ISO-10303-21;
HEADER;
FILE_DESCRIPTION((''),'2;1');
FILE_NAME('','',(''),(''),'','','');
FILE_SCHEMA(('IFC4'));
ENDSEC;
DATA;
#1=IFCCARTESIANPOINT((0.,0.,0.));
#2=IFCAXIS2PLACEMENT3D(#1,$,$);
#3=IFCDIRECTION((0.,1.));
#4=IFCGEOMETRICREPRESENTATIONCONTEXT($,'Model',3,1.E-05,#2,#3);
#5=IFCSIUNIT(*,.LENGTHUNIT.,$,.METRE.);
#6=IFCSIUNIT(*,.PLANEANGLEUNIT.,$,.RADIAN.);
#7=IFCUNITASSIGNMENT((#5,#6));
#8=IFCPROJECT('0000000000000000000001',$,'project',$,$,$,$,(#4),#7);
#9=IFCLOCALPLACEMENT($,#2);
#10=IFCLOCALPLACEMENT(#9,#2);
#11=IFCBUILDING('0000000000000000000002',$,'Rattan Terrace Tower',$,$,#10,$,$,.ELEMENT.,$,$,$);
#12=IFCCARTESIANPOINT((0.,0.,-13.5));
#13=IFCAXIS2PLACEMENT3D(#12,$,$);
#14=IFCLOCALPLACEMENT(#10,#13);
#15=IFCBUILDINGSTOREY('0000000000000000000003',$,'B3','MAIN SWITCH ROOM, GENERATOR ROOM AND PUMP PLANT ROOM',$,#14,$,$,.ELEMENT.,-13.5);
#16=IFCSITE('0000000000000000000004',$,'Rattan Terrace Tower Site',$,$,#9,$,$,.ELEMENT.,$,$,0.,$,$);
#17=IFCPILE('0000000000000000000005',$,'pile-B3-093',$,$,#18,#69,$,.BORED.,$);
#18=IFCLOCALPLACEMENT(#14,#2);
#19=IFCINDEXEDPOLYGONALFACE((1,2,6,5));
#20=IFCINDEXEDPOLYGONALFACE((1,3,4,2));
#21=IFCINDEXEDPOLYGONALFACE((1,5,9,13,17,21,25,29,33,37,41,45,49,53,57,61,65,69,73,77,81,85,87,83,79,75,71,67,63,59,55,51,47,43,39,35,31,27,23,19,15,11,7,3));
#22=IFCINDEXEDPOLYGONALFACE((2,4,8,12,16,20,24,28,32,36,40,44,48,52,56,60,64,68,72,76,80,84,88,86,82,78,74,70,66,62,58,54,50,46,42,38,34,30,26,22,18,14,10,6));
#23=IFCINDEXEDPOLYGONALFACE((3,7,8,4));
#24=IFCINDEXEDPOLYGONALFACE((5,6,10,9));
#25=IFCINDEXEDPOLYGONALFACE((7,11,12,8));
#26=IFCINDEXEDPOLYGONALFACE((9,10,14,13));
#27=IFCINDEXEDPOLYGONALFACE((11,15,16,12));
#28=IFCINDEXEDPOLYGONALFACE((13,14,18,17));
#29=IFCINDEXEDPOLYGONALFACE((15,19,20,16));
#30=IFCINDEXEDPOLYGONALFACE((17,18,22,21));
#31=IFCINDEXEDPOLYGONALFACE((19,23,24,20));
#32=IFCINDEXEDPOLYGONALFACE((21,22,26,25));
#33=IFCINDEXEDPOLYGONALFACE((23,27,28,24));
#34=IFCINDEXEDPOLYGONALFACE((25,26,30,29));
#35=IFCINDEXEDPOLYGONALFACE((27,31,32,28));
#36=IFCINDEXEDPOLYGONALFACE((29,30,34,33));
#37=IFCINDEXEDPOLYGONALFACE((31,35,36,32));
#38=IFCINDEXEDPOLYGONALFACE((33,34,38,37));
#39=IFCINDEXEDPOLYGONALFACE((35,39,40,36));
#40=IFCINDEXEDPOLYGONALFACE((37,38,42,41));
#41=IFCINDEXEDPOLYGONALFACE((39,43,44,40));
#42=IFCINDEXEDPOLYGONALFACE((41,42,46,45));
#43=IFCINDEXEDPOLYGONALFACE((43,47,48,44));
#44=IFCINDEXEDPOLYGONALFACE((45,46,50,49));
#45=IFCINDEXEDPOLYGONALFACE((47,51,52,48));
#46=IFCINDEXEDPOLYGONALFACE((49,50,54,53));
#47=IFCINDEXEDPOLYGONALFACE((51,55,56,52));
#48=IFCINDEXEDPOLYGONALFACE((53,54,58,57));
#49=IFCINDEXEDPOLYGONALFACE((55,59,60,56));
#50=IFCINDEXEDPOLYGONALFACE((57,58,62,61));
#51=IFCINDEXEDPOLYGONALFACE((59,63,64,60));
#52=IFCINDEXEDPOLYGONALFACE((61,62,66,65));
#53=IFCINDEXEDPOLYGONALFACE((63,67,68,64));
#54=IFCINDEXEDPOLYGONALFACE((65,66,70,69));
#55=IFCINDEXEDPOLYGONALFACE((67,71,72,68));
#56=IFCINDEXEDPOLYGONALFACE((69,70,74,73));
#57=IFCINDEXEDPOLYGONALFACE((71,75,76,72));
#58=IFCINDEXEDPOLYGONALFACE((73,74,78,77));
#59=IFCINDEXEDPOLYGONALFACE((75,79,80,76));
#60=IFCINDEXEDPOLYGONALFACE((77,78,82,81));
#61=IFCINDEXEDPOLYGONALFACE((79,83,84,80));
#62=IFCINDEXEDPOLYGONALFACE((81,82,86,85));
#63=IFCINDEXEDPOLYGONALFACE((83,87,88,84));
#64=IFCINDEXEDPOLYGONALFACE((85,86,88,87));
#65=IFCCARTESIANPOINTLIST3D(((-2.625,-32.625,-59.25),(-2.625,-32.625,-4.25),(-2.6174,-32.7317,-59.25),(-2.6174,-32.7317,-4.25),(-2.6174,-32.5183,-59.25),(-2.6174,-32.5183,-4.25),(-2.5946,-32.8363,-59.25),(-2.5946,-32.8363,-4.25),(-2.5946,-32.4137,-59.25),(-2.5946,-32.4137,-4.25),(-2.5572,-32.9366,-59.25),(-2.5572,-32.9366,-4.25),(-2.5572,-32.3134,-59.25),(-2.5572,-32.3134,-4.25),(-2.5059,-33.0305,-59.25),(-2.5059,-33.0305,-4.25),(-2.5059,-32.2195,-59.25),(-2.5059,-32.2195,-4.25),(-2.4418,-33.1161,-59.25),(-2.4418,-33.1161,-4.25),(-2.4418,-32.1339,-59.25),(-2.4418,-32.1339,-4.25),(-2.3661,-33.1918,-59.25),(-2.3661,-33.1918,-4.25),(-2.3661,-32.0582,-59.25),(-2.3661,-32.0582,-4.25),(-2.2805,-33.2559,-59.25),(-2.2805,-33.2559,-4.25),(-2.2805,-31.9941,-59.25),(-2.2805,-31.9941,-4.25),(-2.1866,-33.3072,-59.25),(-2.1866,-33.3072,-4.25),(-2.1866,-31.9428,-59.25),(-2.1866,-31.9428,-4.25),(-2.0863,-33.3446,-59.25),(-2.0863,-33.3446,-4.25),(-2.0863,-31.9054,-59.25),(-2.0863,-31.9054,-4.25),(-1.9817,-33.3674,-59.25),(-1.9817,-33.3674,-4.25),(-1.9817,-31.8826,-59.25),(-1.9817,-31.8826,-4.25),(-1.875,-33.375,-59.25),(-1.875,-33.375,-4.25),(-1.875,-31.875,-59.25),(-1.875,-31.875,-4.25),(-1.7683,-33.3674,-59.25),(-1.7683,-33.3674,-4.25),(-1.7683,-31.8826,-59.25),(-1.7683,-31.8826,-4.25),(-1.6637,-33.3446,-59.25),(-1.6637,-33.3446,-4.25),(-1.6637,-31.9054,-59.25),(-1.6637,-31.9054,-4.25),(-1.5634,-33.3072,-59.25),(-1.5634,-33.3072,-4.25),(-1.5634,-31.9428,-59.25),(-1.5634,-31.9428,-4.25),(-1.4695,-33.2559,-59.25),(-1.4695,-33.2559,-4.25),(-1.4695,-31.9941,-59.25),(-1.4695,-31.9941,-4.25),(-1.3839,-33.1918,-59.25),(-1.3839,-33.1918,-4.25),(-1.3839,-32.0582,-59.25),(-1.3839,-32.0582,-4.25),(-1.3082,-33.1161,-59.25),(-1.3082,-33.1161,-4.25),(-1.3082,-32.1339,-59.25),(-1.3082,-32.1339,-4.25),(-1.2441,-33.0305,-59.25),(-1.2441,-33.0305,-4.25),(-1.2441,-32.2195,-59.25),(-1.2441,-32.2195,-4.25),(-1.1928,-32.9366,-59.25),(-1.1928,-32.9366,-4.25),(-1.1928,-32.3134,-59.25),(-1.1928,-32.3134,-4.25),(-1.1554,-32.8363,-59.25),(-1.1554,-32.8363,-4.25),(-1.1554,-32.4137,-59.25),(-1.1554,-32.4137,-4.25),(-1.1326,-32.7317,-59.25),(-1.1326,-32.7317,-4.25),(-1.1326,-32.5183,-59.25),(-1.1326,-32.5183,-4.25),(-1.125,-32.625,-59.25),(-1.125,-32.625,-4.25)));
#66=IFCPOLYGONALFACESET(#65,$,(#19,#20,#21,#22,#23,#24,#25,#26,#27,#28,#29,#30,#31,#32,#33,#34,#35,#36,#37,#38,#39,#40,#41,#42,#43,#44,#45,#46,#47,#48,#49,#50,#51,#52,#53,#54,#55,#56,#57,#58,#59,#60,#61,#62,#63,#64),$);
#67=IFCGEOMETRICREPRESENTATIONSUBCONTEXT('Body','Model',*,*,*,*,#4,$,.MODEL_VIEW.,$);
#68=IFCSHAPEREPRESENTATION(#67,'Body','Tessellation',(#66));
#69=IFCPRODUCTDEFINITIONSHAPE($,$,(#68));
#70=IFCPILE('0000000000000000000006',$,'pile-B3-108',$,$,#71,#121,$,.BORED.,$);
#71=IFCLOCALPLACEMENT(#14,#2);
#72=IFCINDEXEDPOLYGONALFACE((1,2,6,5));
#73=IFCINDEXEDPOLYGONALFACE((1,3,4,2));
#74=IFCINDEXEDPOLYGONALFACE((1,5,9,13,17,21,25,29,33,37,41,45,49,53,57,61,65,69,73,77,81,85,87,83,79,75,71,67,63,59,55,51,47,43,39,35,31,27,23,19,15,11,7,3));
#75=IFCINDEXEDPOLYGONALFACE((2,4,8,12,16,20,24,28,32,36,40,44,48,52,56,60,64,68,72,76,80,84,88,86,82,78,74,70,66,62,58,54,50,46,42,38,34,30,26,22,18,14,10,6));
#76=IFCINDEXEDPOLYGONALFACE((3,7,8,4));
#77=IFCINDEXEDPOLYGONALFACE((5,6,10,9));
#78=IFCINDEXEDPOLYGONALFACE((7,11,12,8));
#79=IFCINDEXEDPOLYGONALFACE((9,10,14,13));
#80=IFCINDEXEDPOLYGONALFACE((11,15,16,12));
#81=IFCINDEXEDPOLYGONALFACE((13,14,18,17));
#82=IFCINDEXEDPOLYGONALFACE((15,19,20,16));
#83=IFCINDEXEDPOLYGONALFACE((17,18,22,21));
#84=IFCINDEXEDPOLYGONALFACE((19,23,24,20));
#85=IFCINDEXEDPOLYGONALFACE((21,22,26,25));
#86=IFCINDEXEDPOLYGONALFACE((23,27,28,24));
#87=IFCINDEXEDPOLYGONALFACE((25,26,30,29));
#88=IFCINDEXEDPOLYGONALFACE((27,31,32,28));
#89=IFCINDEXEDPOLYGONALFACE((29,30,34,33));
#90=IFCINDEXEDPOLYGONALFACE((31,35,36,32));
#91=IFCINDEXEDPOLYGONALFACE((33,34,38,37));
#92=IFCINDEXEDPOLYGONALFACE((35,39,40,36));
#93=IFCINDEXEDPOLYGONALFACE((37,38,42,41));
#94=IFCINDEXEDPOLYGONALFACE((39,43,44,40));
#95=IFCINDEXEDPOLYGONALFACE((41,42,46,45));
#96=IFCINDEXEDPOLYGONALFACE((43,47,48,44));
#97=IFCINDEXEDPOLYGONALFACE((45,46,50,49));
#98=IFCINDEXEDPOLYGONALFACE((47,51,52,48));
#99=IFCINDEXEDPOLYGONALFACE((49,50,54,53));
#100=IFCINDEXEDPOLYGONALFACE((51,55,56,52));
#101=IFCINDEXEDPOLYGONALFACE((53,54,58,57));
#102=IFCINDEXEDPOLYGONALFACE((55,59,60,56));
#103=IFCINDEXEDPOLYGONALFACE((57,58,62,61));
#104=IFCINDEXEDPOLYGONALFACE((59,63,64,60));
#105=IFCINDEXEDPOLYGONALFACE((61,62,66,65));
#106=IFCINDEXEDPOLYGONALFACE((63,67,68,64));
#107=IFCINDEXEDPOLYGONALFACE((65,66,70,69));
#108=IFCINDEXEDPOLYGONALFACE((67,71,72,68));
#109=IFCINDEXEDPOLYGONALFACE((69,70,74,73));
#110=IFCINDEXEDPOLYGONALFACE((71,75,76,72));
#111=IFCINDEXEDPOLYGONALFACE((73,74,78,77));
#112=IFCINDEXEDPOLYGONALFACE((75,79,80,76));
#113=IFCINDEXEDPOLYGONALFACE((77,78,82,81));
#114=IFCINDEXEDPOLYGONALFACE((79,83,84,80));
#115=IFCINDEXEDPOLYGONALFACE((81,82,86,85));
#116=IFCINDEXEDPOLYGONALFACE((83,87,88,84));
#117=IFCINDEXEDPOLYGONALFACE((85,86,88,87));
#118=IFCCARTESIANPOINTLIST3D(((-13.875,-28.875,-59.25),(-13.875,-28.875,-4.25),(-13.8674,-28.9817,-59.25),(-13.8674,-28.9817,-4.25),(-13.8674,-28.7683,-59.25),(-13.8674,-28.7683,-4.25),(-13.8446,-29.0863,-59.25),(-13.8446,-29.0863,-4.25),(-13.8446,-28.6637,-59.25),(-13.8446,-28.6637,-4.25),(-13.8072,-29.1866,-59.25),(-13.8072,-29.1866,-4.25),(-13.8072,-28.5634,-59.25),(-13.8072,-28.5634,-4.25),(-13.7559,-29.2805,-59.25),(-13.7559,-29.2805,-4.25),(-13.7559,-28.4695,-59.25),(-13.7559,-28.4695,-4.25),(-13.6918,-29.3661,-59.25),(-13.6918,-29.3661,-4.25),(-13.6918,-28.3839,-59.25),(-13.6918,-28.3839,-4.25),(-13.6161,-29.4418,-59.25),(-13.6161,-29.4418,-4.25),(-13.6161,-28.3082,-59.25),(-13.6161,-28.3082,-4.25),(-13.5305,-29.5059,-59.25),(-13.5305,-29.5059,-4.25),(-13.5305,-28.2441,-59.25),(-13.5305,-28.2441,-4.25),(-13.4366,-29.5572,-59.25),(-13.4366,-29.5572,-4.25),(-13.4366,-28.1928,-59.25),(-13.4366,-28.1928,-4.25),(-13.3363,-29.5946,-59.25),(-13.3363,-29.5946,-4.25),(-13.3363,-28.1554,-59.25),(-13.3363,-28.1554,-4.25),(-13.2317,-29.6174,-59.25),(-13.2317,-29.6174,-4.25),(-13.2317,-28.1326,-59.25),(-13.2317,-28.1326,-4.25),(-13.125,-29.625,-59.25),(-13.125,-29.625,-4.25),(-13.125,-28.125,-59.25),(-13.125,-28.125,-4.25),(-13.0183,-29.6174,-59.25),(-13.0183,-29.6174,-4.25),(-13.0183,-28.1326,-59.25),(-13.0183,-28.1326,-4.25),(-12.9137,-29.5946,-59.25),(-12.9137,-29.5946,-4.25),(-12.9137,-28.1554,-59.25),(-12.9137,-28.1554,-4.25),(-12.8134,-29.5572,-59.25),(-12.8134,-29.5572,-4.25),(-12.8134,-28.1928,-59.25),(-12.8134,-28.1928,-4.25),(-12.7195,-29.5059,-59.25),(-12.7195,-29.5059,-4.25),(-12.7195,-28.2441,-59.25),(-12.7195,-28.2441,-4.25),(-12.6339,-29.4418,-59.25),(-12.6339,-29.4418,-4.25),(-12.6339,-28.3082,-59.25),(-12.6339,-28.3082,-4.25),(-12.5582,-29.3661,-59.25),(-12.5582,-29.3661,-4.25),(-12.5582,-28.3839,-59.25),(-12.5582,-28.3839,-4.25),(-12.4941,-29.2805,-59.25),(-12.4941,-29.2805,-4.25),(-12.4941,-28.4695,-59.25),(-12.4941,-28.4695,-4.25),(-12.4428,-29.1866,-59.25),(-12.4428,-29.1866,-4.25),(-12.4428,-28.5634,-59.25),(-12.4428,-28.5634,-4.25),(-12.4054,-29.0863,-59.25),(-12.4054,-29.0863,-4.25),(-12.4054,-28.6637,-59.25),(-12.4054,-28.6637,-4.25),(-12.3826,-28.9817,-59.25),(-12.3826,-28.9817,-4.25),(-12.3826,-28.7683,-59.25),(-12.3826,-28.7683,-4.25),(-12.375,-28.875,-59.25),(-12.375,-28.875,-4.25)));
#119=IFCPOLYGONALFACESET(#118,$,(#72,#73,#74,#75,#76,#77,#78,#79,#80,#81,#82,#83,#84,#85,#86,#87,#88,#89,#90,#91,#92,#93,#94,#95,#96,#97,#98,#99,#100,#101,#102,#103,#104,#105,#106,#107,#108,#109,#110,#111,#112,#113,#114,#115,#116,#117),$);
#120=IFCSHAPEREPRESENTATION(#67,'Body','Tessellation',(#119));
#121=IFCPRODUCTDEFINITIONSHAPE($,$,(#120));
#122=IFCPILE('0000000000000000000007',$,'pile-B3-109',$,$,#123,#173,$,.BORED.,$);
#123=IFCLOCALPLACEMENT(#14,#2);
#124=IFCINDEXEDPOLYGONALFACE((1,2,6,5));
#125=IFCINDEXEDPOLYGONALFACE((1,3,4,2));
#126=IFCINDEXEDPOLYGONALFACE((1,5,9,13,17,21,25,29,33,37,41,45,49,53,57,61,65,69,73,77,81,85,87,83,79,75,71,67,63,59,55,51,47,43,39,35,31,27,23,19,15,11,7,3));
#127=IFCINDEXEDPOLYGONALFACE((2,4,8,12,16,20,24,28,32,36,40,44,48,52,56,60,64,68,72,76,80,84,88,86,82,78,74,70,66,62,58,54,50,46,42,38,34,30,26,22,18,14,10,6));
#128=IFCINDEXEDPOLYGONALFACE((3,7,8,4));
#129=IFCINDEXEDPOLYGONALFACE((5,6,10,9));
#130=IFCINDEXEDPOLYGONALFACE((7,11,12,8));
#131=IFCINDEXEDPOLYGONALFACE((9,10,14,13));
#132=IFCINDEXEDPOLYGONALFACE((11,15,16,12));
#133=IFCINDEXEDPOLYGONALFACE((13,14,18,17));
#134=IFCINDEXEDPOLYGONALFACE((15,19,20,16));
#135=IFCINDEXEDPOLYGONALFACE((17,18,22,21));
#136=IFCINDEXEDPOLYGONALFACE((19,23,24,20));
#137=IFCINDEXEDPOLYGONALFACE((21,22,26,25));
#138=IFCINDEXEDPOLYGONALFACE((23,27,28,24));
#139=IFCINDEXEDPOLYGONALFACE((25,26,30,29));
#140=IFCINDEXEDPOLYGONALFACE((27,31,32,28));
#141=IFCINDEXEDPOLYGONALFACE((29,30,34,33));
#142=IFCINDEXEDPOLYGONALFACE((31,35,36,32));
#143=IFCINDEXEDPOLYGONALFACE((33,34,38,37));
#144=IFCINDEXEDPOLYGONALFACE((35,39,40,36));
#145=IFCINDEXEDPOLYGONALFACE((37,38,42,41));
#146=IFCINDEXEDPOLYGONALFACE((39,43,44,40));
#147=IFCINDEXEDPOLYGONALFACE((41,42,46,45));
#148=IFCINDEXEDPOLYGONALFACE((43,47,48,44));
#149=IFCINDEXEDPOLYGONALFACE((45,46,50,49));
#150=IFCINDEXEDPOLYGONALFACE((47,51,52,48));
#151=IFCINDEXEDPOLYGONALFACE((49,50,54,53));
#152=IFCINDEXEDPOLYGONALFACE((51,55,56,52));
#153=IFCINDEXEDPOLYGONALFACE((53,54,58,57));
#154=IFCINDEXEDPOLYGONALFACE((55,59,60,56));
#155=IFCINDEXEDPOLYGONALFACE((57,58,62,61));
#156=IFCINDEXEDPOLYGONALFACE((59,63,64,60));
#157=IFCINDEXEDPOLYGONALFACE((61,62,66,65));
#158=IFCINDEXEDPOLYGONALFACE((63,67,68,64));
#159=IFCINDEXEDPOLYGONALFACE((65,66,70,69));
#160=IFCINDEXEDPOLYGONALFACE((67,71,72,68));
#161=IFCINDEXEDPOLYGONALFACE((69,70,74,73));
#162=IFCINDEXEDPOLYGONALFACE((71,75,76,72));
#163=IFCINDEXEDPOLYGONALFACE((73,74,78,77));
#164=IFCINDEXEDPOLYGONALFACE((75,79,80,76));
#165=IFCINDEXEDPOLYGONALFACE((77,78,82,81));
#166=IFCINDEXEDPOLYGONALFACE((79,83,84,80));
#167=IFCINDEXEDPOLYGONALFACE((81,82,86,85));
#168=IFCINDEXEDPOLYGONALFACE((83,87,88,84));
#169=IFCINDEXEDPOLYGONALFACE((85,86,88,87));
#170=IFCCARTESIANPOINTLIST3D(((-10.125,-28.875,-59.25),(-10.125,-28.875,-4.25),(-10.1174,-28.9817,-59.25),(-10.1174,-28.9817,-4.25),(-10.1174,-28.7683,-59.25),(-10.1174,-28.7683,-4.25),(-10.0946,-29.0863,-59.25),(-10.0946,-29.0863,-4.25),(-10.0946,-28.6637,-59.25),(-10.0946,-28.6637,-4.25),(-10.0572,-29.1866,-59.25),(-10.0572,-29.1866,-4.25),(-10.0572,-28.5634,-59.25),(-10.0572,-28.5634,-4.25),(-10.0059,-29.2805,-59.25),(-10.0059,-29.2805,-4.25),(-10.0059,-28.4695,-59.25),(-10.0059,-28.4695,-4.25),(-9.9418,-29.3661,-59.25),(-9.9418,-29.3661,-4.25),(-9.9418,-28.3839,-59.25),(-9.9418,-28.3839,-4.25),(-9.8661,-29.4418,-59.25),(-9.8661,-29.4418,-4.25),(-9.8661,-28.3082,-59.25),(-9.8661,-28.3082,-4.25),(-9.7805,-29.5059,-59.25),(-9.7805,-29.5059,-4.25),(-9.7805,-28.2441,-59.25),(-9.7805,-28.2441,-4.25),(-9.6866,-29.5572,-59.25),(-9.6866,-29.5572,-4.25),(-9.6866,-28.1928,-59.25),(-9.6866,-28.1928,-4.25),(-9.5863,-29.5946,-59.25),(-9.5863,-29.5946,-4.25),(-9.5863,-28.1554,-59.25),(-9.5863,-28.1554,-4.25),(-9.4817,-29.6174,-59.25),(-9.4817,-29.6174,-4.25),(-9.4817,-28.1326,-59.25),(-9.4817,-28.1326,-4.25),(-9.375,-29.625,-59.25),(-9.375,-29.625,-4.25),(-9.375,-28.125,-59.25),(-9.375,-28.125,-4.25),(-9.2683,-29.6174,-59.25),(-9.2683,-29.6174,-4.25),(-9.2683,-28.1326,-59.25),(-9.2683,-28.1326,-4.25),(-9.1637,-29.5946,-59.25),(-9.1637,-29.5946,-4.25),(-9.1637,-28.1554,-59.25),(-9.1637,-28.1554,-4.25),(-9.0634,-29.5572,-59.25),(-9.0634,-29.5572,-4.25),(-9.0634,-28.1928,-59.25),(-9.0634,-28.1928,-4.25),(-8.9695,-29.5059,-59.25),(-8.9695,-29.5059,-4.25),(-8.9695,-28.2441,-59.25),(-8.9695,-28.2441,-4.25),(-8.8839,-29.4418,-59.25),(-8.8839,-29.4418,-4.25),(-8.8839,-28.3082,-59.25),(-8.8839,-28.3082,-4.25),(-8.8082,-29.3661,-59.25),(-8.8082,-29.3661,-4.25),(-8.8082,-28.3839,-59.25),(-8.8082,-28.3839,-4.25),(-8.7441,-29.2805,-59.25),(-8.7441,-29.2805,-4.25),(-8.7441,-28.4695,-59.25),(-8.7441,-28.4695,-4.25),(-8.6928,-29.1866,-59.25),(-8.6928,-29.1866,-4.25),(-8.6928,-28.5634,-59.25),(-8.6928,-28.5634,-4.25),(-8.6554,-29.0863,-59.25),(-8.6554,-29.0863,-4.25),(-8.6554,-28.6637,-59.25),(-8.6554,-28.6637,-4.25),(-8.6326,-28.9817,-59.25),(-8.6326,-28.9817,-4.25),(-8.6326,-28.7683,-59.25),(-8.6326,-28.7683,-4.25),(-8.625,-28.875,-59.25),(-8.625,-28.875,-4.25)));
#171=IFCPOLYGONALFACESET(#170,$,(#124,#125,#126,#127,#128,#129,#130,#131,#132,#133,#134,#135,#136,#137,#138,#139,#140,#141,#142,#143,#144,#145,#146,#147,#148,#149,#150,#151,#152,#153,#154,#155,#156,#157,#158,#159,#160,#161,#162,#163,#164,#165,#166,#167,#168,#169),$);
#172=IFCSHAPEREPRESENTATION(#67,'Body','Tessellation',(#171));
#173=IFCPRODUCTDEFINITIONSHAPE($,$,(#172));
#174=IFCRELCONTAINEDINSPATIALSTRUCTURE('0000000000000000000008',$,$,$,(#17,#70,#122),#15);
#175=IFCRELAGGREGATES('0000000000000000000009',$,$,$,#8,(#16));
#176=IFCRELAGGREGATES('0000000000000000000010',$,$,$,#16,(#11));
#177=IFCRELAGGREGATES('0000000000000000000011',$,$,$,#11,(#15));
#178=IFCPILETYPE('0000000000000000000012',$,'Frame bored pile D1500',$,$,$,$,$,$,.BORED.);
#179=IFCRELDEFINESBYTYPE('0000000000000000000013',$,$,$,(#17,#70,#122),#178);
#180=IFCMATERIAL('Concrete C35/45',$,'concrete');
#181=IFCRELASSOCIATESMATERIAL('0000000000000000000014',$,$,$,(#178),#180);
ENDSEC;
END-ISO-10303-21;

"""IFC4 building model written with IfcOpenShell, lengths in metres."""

from ifc_helpers import new_model, si_unit, direction, frame, origin, origin_2d, place, context, subcontext, project, spatial, circle, extrude, material, material_profile, profile_set, type_object, element, save


model = new_model("IFC4")

# Units and contexts
model_context = context("Model", 3, precision=1e-05, world=origin(), true_north=direction((0.0, 1.0)))
body_context = subcontext(model_context, "Body", "Model", "MODEL_VIEW")
ifc_project = project(units=[si_unit("LENGTHUNIT", "METRE"), si_unit("PLANEANGLEUNIT", "RADIAN")], contexts=[model_context])

# Site, building, storey
site_placement = place(None, origin())
site = spatial("IfcSite", under=ifc_project, at=site_placement, Name="Rattan Terrace Tower Site", CompositionType="ELEMENT", RefElevation=0.0)
building_placement = place(site_placement, origin())
building = spatial("IfcBuilding", under=site, at=building_placement, Name="Rattan Terrace Tower", CompositionType="ELEMENT")
storey_placement = place(building_placement, frame((0.0, 0.0, -13.5)))
storey = spatial("IfcBuildingStorey", under=building, at=storey_placement, Name="B3", Description="MAIN SWITCH ROOM, GENERATOR ROOM AND PUMP PLANT ROOM", CompositionType="ELEMENT", Elevation=-13.5)

# Piles
ifc_material_1 = material(Name="Concrete C35/45", Category="concrete")
ifc_material_profile_1 = material_profile(ifc_material_1, circle(Radius=0.75, at=origin_2d()), Name="PILE D1500")
ifc_profile_set_1 = profile_set([ifc_material_profile_1], Name="Concrete C35/45")
pile_type = type_object("IfcPileType", Name="Frame bored pile D1500", PredefinedType="BORED", material=ifc_profile_set_1)
for number, where, z_axis, x_axis, name in (
    (1, (-1.875, -32.625, -4.25), (0.0, 0.0, -1.0), (1.0, 0.0, 0.0), "pile-B3-093"),
    (2, (-13.125, -28.875, -4.25), (0.0, 0.0, -1.0), (1.0, 0.0, 0.0), "pile-B3-108"),
    (3, (-9.375, -28.875, -4.25), (0.0, 0.0, -1.0), (1.0, 0.0, 0.0), "pile-B3-109"),
):
    element("IfcPile", number, at=place(storey_placement, frame(where, z_axis=z_axis, x_axis=x_axis)), inside=storey, type_object=pile_type, Name=name, PredefinedType="BORED", context=body_context, shape_type="SweptSolid", body=[
        extrude(circle(Radius=0.75, at=origin_2d()), origin(), (0.0, 0.0, 1.0), 55.0),
    ])

save(model, "model.ifc")
